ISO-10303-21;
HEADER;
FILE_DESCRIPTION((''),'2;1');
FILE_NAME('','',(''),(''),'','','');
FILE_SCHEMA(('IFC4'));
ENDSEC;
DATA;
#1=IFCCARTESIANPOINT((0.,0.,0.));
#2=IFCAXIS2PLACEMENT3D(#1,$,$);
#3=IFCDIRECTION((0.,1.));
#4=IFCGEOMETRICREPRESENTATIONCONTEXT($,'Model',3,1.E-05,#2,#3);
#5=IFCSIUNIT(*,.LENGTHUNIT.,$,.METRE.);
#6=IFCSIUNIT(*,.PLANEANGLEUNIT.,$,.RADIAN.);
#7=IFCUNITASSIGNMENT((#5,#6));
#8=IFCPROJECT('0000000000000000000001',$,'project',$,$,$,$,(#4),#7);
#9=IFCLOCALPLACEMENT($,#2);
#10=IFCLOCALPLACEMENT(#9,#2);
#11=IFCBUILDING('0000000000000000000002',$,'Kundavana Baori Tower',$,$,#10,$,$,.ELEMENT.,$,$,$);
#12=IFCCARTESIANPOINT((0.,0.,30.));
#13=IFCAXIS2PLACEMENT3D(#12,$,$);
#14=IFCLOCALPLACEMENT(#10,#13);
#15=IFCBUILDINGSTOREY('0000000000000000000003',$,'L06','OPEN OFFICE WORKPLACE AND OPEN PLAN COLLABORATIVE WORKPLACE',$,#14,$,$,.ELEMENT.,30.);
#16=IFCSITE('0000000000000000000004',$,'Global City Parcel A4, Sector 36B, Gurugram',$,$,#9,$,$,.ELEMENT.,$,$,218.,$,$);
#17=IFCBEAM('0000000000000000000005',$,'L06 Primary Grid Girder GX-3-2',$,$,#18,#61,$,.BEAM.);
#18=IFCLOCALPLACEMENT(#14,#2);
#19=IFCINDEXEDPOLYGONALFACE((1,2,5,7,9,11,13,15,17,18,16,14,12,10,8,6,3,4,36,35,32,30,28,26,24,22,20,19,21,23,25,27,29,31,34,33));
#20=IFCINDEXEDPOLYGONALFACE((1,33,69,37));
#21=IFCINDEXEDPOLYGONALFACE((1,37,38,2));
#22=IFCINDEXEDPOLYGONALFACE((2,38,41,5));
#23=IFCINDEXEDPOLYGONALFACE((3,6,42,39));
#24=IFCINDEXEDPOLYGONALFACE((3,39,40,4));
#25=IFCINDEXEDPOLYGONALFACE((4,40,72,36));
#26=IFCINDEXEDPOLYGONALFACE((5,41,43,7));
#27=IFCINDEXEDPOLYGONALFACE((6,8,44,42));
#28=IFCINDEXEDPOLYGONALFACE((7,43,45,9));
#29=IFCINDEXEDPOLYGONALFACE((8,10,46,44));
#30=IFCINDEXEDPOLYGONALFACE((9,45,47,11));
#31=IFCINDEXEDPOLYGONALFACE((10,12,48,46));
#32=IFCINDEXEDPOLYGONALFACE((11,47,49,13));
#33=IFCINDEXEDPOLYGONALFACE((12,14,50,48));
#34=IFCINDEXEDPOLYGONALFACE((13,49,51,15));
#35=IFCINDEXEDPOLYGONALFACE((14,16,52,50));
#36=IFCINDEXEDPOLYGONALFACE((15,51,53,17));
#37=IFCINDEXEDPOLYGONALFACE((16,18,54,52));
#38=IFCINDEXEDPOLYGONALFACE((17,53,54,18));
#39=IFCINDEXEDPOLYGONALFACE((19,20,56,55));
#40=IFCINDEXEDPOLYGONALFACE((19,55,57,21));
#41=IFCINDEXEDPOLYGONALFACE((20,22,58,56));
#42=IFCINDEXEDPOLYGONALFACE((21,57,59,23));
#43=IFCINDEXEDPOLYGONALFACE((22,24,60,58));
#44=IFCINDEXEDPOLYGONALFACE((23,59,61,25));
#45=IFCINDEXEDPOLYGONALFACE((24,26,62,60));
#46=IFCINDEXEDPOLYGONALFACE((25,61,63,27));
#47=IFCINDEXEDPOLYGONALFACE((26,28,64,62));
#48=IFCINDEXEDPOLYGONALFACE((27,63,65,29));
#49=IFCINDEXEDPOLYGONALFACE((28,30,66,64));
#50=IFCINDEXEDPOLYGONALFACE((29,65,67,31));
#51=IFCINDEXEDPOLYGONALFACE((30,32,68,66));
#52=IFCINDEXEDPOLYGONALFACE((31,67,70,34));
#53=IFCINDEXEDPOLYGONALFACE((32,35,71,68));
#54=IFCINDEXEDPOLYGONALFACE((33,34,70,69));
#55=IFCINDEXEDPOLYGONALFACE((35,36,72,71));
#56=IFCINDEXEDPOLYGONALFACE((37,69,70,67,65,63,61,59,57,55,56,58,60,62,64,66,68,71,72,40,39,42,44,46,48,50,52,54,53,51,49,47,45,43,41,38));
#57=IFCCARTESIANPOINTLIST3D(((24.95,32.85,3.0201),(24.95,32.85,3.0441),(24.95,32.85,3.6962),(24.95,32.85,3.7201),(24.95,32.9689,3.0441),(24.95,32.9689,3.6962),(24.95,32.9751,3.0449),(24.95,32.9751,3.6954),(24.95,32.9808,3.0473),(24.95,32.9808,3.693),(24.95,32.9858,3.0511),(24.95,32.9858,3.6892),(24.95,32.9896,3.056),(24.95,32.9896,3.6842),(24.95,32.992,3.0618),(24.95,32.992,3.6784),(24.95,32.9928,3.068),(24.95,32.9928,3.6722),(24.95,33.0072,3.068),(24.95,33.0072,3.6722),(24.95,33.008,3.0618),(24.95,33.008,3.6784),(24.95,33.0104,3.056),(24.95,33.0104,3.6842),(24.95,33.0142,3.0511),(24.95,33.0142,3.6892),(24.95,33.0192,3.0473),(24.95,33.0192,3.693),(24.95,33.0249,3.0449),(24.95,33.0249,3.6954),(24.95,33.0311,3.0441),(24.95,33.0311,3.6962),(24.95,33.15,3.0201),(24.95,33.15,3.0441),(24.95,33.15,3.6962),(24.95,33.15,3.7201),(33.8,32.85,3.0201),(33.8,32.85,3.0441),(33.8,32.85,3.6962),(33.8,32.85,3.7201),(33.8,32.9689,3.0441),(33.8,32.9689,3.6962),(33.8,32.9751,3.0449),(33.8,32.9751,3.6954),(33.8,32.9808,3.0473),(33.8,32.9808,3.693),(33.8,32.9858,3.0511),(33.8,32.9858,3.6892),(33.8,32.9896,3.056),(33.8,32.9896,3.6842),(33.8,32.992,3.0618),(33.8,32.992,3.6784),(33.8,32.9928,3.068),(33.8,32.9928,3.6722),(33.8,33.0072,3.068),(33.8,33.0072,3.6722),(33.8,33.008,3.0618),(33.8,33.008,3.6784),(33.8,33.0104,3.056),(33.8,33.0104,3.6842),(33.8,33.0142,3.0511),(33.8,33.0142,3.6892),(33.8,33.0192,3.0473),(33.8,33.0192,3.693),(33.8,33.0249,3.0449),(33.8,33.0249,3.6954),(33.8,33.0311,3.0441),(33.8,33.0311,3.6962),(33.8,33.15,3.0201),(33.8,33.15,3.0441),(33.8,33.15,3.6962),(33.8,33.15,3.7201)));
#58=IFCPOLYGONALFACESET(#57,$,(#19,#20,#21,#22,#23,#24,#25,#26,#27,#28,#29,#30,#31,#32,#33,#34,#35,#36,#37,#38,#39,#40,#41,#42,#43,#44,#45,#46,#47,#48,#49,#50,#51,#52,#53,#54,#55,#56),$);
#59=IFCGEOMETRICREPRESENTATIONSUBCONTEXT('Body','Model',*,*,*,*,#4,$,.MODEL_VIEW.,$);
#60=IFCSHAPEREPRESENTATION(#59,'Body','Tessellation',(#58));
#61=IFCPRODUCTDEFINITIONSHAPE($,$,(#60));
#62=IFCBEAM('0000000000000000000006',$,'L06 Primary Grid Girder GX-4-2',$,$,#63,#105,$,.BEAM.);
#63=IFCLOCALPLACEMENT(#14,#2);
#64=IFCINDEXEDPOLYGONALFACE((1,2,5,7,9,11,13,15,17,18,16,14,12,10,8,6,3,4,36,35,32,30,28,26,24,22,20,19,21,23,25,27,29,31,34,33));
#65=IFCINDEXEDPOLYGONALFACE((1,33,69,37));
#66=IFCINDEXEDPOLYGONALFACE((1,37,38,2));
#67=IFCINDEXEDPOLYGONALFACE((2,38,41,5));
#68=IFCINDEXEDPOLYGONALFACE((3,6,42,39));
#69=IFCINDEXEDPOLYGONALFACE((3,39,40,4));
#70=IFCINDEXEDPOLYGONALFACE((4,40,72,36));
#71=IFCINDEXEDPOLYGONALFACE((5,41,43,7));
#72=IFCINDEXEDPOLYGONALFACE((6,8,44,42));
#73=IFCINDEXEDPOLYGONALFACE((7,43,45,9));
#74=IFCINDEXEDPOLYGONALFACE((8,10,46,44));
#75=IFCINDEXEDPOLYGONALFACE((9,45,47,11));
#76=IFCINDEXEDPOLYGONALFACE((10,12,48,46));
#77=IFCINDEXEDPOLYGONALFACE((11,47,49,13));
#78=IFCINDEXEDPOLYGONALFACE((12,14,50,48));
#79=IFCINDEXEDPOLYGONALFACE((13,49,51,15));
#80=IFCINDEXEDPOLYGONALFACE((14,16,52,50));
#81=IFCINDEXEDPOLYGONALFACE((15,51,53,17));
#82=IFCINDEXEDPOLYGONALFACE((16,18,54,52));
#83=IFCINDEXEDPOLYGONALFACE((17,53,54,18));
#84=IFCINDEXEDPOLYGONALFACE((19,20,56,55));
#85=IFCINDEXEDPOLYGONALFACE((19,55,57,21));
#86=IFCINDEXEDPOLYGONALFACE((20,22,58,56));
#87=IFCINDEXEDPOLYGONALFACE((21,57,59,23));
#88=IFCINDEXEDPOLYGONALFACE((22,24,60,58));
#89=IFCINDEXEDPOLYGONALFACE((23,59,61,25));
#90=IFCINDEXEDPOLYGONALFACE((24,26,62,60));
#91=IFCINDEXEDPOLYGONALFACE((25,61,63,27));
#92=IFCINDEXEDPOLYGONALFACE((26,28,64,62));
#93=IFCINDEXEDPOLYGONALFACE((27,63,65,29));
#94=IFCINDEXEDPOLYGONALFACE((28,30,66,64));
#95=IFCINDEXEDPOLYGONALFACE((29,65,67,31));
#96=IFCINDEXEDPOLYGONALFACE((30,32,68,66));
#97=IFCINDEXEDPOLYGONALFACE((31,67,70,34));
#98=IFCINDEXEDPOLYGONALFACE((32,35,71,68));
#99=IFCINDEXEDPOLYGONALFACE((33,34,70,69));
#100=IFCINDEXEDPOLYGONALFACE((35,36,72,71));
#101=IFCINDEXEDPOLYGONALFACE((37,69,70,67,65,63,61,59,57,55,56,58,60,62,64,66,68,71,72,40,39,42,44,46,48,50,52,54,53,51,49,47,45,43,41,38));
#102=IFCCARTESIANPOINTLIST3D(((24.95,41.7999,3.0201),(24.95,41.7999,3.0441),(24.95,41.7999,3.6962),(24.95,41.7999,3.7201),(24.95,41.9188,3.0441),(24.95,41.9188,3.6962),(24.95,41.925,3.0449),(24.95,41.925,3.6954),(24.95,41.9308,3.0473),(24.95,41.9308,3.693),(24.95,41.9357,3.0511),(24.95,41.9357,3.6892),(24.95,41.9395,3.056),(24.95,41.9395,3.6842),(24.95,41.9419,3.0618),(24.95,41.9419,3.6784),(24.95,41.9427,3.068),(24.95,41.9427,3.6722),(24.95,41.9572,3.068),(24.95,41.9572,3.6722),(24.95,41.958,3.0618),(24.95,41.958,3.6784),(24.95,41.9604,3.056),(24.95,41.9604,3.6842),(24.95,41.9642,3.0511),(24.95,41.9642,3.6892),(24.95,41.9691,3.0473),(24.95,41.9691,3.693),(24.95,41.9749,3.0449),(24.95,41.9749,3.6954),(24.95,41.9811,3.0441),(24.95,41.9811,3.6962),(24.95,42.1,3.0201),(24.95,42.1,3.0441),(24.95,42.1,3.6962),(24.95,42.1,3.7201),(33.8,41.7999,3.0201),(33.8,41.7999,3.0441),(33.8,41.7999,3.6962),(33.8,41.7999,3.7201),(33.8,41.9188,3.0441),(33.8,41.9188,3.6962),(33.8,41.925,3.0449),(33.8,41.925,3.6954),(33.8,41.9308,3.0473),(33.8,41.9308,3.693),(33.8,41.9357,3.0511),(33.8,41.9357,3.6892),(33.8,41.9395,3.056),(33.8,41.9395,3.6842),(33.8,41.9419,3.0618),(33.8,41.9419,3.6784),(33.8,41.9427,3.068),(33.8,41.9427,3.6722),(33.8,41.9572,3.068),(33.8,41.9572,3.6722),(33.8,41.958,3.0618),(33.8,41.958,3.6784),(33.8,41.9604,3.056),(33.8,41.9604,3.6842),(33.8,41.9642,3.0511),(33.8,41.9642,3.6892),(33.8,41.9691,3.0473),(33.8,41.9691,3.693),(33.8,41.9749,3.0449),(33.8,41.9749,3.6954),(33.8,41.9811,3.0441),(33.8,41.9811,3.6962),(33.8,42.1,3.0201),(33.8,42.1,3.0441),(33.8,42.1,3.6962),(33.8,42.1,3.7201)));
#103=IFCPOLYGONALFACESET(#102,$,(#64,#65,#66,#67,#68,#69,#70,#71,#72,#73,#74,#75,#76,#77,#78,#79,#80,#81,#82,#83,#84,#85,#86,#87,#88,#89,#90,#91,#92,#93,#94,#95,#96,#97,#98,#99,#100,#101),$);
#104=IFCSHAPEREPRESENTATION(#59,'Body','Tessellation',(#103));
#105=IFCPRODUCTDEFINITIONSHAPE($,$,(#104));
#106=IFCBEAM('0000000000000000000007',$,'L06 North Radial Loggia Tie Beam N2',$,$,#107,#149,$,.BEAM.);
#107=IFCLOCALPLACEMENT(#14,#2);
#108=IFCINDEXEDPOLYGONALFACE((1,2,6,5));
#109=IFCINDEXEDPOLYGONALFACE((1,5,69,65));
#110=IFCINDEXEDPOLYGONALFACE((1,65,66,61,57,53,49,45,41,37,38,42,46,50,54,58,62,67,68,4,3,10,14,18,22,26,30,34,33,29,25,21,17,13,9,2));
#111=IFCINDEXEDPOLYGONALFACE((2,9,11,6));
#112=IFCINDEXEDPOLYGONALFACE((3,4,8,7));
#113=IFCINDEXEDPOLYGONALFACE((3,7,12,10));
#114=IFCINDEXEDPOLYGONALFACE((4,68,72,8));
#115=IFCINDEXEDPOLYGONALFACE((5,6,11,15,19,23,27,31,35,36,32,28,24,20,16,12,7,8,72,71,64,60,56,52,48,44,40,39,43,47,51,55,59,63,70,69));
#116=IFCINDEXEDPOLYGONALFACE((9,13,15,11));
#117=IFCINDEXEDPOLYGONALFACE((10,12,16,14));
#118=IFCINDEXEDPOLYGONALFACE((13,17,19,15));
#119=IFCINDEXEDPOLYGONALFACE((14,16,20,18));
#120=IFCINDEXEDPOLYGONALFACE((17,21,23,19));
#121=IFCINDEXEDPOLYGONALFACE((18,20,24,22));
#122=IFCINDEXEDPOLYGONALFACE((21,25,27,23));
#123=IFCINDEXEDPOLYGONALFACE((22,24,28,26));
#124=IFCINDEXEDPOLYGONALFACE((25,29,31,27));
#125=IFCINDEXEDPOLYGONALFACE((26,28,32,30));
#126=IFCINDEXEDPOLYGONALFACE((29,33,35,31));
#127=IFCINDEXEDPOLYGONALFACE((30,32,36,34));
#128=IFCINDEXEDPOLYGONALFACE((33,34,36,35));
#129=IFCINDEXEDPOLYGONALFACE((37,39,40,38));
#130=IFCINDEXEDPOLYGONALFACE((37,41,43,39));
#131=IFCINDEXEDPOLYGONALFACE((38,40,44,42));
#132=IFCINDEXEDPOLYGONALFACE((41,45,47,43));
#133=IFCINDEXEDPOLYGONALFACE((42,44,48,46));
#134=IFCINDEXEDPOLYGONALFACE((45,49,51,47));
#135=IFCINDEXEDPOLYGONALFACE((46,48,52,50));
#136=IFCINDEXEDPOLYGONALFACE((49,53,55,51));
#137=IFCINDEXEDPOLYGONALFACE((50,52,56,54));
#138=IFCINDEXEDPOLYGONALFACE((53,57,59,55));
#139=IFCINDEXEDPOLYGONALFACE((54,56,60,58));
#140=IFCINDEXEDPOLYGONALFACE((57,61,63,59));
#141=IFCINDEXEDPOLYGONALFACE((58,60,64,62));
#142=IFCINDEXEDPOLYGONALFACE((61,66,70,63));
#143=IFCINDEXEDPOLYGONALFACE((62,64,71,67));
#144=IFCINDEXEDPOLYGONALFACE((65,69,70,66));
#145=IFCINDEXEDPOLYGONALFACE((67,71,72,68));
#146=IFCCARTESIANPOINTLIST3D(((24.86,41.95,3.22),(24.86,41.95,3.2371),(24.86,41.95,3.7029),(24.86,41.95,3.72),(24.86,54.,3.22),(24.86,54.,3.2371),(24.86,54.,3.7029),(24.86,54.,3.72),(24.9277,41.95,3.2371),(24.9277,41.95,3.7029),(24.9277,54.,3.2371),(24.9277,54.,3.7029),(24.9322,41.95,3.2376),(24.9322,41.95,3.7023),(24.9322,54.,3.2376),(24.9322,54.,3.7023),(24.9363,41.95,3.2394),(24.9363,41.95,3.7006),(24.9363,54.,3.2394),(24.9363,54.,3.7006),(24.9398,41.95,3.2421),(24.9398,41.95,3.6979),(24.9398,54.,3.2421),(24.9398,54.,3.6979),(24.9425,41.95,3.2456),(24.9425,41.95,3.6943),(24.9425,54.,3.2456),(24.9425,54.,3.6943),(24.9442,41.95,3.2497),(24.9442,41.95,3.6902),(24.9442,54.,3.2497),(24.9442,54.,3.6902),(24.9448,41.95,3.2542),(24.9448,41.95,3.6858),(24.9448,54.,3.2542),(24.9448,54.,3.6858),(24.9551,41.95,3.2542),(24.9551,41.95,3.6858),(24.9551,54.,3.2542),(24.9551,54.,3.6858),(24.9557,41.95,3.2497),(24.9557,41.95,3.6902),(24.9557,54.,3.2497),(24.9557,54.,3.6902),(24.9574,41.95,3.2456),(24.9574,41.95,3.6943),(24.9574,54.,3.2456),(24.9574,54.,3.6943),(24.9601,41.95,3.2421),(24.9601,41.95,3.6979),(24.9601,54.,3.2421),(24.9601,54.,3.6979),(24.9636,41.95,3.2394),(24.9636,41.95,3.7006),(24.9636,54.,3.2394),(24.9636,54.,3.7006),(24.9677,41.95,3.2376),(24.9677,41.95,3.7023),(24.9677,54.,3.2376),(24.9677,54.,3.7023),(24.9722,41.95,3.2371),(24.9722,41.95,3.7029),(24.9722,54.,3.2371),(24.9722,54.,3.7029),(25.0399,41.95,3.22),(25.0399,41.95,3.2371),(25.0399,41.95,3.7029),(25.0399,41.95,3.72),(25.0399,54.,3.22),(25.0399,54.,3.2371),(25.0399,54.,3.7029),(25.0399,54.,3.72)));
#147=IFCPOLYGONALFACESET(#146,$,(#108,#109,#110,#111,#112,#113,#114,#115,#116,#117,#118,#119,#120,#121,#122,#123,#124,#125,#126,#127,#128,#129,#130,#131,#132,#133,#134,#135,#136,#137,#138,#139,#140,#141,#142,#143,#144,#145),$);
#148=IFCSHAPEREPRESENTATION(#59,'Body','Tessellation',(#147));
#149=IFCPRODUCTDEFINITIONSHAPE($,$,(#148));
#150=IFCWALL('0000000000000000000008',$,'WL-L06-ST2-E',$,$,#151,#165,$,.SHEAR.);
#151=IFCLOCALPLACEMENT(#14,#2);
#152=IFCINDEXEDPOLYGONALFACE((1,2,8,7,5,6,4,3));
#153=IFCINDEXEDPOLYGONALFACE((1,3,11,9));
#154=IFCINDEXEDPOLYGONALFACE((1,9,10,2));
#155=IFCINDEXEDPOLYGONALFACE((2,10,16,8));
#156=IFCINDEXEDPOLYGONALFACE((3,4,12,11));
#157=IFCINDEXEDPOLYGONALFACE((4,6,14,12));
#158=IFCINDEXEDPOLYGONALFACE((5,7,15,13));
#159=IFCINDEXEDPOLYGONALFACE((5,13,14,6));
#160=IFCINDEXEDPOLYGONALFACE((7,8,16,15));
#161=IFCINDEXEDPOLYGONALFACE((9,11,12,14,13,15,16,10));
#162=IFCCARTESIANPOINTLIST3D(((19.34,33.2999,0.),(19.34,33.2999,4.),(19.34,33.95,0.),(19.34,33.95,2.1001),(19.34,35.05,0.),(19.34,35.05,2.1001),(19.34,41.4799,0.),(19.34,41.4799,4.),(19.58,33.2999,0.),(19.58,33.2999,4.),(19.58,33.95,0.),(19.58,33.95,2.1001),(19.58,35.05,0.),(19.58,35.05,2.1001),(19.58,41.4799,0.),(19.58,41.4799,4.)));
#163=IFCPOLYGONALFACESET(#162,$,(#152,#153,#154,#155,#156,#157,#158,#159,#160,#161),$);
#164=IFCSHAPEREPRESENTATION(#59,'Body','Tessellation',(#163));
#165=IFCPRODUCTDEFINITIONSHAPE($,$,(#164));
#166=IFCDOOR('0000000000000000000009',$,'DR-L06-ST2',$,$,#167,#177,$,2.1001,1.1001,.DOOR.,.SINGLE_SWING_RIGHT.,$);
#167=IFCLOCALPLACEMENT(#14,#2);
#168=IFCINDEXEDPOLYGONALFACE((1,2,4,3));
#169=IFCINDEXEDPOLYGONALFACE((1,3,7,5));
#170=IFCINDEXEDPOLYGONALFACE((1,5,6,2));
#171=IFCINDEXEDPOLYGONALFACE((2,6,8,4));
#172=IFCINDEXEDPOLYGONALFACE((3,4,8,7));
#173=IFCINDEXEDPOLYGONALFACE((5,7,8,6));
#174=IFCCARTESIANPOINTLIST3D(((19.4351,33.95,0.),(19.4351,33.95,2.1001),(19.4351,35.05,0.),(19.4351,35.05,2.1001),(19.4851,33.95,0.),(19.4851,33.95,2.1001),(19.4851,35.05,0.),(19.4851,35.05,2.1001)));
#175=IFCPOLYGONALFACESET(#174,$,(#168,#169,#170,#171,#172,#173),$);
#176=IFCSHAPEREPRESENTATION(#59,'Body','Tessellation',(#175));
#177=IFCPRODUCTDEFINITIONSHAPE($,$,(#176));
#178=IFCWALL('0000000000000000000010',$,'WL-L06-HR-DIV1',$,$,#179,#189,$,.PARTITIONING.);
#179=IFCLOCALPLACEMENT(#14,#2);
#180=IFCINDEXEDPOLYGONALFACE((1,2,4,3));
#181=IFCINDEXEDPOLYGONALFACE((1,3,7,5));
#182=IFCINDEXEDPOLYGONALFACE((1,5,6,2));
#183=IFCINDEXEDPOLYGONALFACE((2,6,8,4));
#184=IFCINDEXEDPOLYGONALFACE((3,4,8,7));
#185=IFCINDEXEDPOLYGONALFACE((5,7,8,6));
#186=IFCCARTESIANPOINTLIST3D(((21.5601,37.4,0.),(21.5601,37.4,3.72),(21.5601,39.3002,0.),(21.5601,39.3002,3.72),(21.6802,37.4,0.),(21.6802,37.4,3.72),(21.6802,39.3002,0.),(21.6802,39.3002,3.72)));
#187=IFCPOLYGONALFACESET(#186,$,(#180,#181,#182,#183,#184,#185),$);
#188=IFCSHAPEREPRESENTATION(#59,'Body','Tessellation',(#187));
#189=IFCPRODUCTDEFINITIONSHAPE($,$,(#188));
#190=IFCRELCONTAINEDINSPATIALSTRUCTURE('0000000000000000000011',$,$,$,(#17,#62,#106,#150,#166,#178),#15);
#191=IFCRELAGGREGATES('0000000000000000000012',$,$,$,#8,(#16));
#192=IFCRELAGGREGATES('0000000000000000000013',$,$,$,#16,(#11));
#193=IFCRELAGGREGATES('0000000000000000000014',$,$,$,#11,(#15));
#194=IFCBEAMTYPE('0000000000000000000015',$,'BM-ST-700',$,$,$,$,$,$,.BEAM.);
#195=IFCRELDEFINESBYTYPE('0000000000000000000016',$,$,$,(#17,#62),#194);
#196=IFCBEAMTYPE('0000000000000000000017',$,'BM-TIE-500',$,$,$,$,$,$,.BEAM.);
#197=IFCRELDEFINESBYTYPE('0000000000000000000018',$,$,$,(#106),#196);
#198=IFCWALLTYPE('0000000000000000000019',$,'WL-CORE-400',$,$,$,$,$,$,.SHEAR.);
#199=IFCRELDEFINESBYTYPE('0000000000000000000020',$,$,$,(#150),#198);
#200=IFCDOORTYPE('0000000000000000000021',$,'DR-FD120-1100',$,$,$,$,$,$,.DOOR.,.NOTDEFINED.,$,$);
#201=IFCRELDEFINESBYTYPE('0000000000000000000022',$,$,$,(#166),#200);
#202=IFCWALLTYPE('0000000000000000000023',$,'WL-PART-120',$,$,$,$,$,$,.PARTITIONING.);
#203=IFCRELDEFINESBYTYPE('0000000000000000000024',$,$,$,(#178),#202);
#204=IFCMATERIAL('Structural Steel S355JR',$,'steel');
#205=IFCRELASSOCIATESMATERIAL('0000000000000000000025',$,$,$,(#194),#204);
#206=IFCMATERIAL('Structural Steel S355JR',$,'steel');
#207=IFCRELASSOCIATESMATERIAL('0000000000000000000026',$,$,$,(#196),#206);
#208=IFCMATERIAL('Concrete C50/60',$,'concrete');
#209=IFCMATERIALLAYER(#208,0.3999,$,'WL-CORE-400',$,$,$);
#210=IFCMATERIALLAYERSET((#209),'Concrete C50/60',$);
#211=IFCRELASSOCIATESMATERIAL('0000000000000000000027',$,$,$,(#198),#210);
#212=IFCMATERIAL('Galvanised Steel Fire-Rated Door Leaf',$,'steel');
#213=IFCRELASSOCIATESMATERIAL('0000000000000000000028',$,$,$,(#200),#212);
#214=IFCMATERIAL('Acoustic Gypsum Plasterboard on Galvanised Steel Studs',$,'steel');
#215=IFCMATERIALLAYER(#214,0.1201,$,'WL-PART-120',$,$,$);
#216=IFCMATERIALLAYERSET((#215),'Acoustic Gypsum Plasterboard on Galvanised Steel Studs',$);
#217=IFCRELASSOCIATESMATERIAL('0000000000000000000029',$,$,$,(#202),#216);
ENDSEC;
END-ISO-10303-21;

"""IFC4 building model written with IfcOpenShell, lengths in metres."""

from ifc_helpers import new_model, si_unit, direction, frame, frame_2d, origin, origin_2d, place, context, subcontext, project, spatial, rectangle, i_section, extrude, material, layer, layer_set, material_profile, profile_set, type_object, element, fill, save


model = new_model("IFC4")

# Units and contexts
model_context = context("Model", 3, precision=1e-05, world=origin(), true_north=direction((0.0, 1.0)))
body_context = subcontext(model_context, "Body", "Model", "MODEL_VIEW")
ifc_project = project(units=[si_unit("LENGTHUNIT", "METRE"), si_unit("PLANEANGLEUNIT", "RADIAN")], contexts=[model_context])

# Site, building, storey
site_placement = place(None, origin())
site = spatial("IfcSite", under=ifc_project, at=site_placement, Name="Global City Parcel A4, Sector 36B, Gurugram", CompositionType="ELEMENT", RefElevation=218.0)
building_placement = place(site_placement, origin())
building = spatial("IfcBuilding", under=site, at=building_placement, Name="Kundavana Baori Tower", CompositionType="ELEMENT")
storey_placement = place(building_placement, frame((0.0, 0.0, 30.0)))
storey = spatial("IfcBuildingStorey", under=building, at=storey_placement, Name="L06", Description="OPEN OFFICE WORKPLACE AND OPEN PLAN COLLABORATIVE WORKPLACE", CompositionType="ELEMENT", Elevation=30.0)

# Beams
ifc_material_1 = material(Name="Structural Steel S355JR", Category="steel")
ifc_material_profile_1 = material_profile(ifc_material_1, i_section(OverallWidth=0.3, OverallDepth=0.7, WebThickness=0.0144, FlangeThickness=0.0239, FilletRadius=0.0239, at=origin_2d()), Name="NPB 700x300x170")
ifc_profile_set_1 = profile_set([ifc_material_profile_1], Name="Structural Steel S355JR")
beam_type_1 = type_object("IfcBeamType", Name="BM-ST-700", PredefinedType="BEAM", material=ifc_profile_set_1)
for number, where, z_axis, x_axis, name in (
    (1, (24.95, 33.0, 3.3701), (1.0, 0.0, 0.0), (0.0, 1.0, 0.0), "L06 Primary Grid Girder GX-3-2"),
    (2, (24.95, 41.95, 3.3701), (1.0, 0.0, 0.0), (0.0, 1.0, 0.0), "L06 Primary Grid Girder GX-4-2"),
):
    element("IfcBeam", number, at=place(storey_placement, frame(where, z_axis=z_axis, x_axis=x_axis)), inside=storey, type_object=beam_type_1, Name=name, PredefinedType="BEAM", context=body_context, shape_type="SweptSolid", body=[
        extrude(i_section(OverallWidth=0.3, OverallDepth=0.7, WebThickness=0.0144, FlangeThickness=0.0239, FilletRadius=0.0239, at=origin_2d()), origin(), (0.0, 0.0, 1.0), 8.8501),
    ])
ifc_material_2 = material(Name="Structural Steel S355JR", Category="steel")
ifc_material_profile_2 = material_profile(ifc_material_2, i_section(OverallWidth=0.1799, OverallDepth=0.5, WebThickness=0.0103, FlangeThickness=0.0171, FilletRadius=0.0171, at=origin_2d()), Name="ISMB 500")
ifc_profile_set_2 = profile_set([ifc_material_profile_2], Name="Structural Steel S355JR")
beam_type_2 = type_object("IfcBeamType", Name="BM-TIE-500", PredefinedType="BEAM", material=ifc_profile_set_2)
beam_1_placement = place(storey_placement, frame((24.95, 41.95, 3.47), z_axis=(0.0, 1.0, 0.0), x_axis=(-1.0, 0.0, 0.0)))
element("IfcBeam", 3, at=beam_1_placement, inside=storey, type_object=beam_type_2, Name="L06 North Radial Loggia Tie Beam N2", PredefinedType="BEAM", context=body_context, shape_type="SweptSolid", body=[
    extrude(i_section(OverallWidth=0.1799, OverallDepth=0.5, WebThickness=0.0103, FlangeThickness=0.0171, FilletRadius=0.0171, at=origin_2d()), origin(), (0.0, 0.0, 1.0), 12.05),
])

# Wall, opening, door
ifc_material_3 = material(Name="Concrete C50/60", Category="concrete")
ifc_layer_1 = layer(ifc_material_3, 0.3999, Name="WL-CORE-400")
ifc_layer_set_1 = layer_set([ifc_layer_1], Name="Concrete C50/60")
wall_type_1 = type_object("IfcWallType", Name="WL-CORE-400", PredefinedType="SHEAR", material=ifc_layer_set_1)
wall_1_placement = place(storey_placement, frame((19.46, 33.3, 0.0), z_axis=(0.0, 0.0, 1.0), x_axis=(0.0, 1.0, 0.0)))
wall_1 = element("IfcWall", 4, at=wall_1_placement, inside=storey, type_object=wall_type_1, Name="WL-L06-ST2-E", PredefinedType="SHEAR", context=body_context, shape_type="SweptSolid", body=[
    extrude(rectangle(XDim=8.1799, YDim=0.24, at=frame_2d((4.0898, 0.0))), origin(), (0.0, 0.0, 1.0), 4.0),
])
opening_1_placement = place(wall_1_placement, frame((0.6499, 0.0, 0.0)))
opening_1 = element("IfcOpeningElement", 5, at=opening_1_placement, cuts=wall_1, PredefinedType="OPENING", context=body_context, shape_type="SweptSolid", body=[
    extrude(rectangle(XDim=1.1001, YDim=2.1001, at=frame_2d((0.55, 1.05))), frame((0.0, 0.1299, 0.0), z_axis=(0.0, -1.0, 0.0), x_axis=(1.0, 0.0, 0.0)), (0.0, 0.0, 1.0), 0.26),
])
ifc_material_4 = material(Name="Galvanised Steel Fire-Rated Door Leaf", Category="steel")
door_type_1 = type_object("IfcDoorType", Name="DR-FD120-1100", OperationType="NOTDEFINED", PredefinedType="DOOR", material=ifc_material_4)
door_1_placement = place(opening_1_placement, origin())
door_1 = element("IfcDoor", 6, at=door_1_placement, inside=storey, type_object=door_type_1, Name="DR-L06-ST2", OperationType="SINGLE_SWING_RIGHT", OverallHeight=2.1001, OverallWidth=1.1001, PredefinedType="DOOR", context=body_context, shape_type="SweptSolid", body=[
    extrude(rectangle(XDim=1.1001, YDim=2.1001, at=frame_2d((0.55, 1.05))), frame((0.0, 0.0249, 0.0), z_axis=(0.0, -1.0, 0.0), x_axis=(1.0, 0.0, 0.0)), (0.0, 0.0, 1.0), 0.05),
])
fill(opening_1, door_1)

# Wall
ifc_material_5 = material(Name="Acoustic Gypsum Plasterboard on Galvanised Steel Studs", Category="steel")
ifc_layer_2 = layer(ifc_material_5, 0.1201, Name="WL-PART-120")
ifc_layer_set_2 = layer_set([ifc_layer_2], Name="Acoustic Gypsum Plasterboard on Galvanised Steel Studs")
wall_type_2 = type_object("IfcWallType", Name="WL-PART-120", PredefinedType="PARTITIONING", material=ifc_layer_set_2)
wall_2_placement = place(storey_placement, frame((21.6201, 37.3999, 0.0), z_axis=(0.0, 0.0, 1.0), x_axis=(0.0, 1.0, 0.0)))
element("IfcWall", 7, at=wall_2_placement, inside=storey, type_object=wall_type_2, Name="WL-L06-HR-DIV1", PredefinedType="PARTITIONING", context=body_context, shape_type="SweptSolid", body=[
    extrude(rectangle(XDim=1.9001, YDim=0.1201, at=frame_2d((0.9502, 0.0))), origin(), (0.0, 0.0, 1.0), 3.72),
])

save(model, "model.ifc")
